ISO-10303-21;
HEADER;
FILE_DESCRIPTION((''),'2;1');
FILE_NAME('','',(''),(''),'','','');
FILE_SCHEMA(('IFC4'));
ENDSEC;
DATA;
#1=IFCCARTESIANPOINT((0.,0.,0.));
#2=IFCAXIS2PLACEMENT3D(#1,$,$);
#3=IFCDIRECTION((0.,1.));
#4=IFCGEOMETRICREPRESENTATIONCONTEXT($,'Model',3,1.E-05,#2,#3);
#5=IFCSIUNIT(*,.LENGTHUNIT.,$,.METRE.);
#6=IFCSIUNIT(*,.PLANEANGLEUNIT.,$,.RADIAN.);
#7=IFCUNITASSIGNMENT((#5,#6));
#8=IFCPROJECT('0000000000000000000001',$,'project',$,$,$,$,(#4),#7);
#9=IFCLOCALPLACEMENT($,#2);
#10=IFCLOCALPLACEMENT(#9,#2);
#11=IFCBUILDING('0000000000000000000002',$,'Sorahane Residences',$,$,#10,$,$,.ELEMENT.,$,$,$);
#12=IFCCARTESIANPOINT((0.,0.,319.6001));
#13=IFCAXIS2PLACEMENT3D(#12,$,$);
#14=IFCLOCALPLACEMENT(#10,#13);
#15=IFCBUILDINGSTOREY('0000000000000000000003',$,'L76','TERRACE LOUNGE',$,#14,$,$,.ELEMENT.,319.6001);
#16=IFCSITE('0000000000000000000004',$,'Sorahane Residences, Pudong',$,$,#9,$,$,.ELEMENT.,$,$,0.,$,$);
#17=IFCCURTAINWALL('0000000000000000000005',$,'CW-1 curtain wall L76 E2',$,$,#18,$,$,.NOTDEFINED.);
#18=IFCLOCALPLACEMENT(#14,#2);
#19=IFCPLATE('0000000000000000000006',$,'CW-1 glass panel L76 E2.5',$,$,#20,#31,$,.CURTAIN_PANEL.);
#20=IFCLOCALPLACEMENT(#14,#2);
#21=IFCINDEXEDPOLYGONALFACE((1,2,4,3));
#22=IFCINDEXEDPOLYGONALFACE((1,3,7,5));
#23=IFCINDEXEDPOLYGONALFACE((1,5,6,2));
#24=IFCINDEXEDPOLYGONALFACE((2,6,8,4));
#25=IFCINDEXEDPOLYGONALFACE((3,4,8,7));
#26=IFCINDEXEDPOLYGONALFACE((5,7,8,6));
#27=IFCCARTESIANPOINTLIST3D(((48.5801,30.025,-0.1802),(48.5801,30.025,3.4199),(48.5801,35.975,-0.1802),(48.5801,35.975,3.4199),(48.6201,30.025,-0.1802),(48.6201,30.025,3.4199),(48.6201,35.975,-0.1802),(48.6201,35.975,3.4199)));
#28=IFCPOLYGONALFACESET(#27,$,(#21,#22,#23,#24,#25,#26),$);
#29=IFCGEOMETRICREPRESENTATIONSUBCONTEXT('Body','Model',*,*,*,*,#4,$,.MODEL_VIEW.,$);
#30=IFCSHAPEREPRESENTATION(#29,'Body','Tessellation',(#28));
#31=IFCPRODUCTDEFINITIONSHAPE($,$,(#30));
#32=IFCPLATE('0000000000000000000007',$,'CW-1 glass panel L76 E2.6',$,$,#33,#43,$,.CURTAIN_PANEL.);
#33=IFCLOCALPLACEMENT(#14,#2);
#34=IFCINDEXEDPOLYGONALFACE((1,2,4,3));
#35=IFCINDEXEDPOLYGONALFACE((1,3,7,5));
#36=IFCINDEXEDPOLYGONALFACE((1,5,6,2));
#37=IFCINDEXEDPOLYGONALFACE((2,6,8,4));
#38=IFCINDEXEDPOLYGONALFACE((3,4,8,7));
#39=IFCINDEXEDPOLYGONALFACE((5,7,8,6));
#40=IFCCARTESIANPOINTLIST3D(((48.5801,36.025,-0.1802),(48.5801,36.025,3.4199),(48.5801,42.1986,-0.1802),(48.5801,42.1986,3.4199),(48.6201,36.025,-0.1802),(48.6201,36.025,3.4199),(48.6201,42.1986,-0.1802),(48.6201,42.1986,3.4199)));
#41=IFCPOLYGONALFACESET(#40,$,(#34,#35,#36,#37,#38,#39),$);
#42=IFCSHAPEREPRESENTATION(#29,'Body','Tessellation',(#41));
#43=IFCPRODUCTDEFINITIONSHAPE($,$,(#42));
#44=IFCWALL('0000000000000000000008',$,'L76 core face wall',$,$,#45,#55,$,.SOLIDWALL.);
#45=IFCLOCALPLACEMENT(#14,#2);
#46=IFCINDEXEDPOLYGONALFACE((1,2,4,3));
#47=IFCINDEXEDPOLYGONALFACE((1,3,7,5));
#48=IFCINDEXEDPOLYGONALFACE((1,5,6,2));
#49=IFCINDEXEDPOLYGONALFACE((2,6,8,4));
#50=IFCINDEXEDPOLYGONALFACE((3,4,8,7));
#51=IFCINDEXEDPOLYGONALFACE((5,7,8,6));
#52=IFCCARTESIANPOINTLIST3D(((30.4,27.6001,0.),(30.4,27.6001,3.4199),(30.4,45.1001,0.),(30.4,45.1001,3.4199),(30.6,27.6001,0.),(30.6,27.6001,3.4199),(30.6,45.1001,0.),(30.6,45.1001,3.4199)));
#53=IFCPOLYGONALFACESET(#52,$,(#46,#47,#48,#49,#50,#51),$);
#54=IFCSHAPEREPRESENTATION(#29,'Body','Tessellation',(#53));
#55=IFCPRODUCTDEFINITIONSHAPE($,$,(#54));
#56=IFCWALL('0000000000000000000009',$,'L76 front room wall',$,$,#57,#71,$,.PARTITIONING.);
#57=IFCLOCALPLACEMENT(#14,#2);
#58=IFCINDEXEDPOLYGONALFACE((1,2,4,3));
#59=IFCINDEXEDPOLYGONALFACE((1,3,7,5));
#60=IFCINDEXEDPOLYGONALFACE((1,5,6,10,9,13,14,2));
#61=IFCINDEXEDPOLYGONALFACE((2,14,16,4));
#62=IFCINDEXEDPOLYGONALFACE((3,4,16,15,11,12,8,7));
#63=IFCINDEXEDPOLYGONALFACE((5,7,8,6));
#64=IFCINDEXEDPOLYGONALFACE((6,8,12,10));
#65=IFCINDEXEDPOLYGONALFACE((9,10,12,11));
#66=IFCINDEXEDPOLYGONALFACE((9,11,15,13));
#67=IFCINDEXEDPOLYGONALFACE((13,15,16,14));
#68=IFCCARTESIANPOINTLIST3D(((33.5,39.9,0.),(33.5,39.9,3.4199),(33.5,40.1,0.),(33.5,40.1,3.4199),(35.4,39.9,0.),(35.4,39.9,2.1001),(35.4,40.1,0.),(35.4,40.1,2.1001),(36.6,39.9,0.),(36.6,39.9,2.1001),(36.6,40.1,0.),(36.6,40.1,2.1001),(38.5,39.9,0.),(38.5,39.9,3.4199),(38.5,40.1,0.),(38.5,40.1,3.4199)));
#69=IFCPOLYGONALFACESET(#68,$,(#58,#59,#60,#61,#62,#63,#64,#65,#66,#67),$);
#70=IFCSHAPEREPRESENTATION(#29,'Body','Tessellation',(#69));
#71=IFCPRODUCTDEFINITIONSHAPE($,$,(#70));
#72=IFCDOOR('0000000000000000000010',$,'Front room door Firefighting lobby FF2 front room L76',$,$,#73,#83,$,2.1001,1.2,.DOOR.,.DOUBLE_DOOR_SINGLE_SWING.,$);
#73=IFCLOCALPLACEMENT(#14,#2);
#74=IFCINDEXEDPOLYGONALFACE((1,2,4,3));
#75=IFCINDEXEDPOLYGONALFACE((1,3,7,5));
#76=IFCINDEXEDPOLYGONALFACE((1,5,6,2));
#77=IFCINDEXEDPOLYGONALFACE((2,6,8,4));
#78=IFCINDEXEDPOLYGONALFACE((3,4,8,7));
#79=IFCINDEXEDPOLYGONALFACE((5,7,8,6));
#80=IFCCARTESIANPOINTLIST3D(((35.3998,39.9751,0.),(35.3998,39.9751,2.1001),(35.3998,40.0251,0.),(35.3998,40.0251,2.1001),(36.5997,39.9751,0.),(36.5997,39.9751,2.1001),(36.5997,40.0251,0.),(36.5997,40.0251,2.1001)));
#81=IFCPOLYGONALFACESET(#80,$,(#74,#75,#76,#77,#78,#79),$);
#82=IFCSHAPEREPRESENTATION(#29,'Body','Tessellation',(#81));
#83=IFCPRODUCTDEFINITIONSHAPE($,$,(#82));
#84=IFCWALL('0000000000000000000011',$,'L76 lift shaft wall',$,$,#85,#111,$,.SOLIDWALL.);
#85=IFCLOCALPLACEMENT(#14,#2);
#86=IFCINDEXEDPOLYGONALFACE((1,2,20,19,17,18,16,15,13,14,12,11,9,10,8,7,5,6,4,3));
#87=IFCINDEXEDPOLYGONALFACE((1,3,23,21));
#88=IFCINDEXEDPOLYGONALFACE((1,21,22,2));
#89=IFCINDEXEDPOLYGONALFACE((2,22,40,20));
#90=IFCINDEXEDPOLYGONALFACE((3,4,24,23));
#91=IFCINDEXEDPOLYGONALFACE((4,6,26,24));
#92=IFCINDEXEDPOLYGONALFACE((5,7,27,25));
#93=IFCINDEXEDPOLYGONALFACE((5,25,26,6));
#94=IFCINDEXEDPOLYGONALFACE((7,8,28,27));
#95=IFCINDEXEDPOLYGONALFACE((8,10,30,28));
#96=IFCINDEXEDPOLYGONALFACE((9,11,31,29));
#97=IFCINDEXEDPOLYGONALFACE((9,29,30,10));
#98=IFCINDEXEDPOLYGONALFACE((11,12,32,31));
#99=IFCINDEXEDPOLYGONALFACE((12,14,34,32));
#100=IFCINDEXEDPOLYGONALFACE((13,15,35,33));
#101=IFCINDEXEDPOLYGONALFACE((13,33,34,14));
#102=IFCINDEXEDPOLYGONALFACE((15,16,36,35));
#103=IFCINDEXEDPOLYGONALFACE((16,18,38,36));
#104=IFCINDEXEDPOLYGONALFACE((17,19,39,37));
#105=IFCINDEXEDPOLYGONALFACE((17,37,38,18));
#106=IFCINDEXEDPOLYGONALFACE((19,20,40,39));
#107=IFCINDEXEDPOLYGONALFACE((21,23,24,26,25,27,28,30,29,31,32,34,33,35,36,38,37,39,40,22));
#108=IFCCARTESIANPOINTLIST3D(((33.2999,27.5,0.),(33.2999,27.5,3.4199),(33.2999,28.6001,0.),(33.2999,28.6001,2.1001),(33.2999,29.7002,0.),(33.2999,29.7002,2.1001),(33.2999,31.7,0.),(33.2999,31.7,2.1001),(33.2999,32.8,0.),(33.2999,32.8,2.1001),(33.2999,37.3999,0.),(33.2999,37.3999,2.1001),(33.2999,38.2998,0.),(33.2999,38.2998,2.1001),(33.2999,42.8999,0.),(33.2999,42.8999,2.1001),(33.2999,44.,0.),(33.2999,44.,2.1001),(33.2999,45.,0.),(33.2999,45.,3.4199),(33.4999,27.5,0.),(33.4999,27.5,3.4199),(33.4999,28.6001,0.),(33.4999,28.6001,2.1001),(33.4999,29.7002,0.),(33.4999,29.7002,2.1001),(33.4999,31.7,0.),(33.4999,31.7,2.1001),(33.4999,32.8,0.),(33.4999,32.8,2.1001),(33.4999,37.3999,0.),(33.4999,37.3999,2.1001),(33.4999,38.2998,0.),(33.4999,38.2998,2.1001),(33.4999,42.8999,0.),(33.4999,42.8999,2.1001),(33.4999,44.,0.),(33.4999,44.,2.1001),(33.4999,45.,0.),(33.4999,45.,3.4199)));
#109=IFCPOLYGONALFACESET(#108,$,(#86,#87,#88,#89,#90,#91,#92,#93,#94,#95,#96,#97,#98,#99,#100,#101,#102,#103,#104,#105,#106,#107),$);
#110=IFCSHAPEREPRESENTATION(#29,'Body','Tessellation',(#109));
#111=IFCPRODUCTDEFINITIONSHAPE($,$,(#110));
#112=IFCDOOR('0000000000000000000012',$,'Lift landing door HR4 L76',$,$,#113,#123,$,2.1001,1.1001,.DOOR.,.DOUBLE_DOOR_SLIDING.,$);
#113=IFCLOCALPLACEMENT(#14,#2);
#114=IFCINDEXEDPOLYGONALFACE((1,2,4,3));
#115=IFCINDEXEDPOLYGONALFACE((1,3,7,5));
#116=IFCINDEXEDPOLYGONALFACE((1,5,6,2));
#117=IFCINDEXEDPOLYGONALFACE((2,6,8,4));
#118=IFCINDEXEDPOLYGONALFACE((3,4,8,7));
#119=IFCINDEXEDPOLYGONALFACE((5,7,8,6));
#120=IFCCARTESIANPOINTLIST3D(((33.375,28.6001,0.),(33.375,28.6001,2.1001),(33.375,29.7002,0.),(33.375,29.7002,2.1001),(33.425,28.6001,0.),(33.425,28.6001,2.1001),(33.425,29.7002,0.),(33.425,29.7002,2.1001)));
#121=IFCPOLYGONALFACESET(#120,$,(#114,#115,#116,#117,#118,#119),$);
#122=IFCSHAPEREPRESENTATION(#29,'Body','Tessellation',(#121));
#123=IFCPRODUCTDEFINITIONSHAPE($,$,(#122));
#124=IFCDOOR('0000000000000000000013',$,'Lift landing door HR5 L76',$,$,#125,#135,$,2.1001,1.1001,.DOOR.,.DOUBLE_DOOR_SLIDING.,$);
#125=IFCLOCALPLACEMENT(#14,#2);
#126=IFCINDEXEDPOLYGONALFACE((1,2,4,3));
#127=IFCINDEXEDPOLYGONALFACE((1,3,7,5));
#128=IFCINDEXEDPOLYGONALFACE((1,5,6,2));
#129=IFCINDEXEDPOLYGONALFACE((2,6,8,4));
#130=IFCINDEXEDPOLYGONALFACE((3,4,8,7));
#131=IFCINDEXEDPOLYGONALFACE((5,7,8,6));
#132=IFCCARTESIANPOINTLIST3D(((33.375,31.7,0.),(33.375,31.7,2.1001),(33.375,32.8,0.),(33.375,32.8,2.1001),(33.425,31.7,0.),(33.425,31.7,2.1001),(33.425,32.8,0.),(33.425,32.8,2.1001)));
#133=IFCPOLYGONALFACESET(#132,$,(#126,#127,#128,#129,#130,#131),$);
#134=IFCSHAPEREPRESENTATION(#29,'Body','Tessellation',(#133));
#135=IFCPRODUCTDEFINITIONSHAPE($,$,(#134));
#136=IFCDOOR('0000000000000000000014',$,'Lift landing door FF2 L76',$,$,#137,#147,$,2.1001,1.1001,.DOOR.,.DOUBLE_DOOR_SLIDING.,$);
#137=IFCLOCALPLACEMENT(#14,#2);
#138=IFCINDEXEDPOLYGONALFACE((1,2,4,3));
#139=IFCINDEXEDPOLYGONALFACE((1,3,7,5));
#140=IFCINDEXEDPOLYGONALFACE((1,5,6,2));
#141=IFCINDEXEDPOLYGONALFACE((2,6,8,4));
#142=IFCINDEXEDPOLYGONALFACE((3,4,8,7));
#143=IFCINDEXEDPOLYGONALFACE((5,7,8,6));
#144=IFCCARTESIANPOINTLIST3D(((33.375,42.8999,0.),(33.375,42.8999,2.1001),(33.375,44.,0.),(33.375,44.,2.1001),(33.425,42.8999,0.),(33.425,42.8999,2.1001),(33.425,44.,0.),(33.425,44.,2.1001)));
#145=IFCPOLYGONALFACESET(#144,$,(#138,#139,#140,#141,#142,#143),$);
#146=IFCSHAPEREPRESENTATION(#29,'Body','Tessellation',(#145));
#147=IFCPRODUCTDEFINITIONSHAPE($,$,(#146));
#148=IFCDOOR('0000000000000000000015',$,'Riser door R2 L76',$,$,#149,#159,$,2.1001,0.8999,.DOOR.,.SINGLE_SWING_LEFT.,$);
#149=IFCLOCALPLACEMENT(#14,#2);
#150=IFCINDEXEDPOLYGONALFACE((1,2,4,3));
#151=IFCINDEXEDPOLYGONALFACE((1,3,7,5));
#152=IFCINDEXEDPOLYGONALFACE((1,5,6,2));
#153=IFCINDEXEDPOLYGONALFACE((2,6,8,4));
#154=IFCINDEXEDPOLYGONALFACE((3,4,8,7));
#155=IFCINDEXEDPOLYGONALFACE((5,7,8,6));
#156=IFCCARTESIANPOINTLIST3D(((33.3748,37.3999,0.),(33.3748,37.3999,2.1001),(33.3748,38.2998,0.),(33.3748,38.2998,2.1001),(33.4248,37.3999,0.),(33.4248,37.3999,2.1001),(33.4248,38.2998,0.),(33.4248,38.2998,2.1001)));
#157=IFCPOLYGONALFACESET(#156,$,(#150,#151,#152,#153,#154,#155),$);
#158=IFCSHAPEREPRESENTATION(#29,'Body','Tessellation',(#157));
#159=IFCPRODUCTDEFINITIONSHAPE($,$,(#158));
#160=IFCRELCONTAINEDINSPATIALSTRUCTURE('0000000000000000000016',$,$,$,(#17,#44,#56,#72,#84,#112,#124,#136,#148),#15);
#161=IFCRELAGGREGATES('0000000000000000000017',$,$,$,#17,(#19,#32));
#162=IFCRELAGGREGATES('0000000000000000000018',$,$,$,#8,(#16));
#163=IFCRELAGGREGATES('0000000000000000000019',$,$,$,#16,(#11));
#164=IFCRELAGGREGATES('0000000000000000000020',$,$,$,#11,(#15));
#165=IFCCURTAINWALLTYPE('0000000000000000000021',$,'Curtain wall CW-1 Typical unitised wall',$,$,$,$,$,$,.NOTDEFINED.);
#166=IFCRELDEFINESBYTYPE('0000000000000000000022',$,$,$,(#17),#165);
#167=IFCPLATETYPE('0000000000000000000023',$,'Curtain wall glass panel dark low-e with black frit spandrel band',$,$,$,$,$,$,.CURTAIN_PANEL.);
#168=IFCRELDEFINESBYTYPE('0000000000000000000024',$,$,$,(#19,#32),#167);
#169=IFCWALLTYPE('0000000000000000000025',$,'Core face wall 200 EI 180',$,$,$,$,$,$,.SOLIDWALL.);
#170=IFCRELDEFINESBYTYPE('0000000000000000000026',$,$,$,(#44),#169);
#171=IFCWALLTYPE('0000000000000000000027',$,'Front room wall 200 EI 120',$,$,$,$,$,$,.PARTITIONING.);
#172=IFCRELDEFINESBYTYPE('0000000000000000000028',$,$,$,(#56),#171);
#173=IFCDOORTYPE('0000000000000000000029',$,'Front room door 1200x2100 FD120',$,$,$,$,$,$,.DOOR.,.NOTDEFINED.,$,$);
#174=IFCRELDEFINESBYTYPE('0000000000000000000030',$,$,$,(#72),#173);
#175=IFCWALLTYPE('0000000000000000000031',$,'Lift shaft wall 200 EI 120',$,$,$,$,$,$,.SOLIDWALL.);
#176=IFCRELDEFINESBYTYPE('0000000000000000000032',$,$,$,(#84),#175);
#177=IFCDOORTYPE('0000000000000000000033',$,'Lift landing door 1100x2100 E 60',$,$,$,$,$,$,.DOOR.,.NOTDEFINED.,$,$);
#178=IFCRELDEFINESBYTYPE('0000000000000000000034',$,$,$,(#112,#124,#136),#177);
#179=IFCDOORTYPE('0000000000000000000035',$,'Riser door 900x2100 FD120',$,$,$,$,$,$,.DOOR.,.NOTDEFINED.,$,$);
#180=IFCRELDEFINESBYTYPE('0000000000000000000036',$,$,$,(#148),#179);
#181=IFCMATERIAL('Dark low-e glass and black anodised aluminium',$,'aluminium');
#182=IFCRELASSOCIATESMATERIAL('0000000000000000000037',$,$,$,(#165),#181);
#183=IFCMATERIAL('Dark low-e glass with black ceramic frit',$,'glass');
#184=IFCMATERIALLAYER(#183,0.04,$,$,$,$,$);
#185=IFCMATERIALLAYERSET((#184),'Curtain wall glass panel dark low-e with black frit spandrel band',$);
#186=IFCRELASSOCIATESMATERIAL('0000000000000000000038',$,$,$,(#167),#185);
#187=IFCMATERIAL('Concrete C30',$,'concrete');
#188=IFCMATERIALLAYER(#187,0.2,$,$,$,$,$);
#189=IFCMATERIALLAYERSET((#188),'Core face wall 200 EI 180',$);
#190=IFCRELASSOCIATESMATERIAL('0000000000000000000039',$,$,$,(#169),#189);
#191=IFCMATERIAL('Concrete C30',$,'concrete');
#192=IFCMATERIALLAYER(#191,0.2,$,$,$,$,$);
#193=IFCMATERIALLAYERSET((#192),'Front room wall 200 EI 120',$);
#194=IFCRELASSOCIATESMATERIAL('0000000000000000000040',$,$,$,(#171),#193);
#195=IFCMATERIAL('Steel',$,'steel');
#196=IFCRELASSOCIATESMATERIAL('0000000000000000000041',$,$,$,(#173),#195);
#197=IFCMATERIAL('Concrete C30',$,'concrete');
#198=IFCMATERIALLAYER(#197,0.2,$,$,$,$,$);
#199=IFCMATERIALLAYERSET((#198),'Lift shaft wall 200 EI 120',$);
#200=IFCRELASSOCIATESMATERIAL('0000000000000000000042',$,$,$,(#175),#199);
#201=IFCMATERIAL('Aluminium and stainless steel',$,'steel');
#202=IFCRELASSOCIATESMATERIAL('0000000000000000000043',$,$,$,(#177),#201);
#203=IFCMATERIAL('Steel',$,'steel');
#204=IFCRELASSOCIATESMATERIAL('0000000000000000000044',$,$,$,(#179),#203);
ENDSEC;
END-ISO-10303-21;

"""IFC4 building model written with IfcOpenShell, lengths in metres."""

from ifc_helpers import new_model, si_unit, direction, frame, frame_2d, origin, origin_2d, place, context, subcontext, project, spatial, rectangle, extrude, material, layer, layer_set, type_object, element, fill, aggregate, save


model = new_model("IFC4")

# Units and contexts
model_context = context("Model", 3, precision=1e-05, world=origin(), true_north=direction((0.0, 1.0)))
body_context = subcontext(model_context, "Body", "Model", "MODEL_VIEW")
ifc_project = project(units=[si_unit("LENGTHUNIT", "METRE"), si_unit("PLANEANGLEUNIT", "RADIAN")], contexts=[model_context])

# Site, building, storey
site_placement = place(None, origin())
site = spatial("IfcSite", under=ifc_project, at=site_placement, Name="Sorahane Residences, Pudong", CompositionType="ELEMENT", RefElevation=0.0)
building_placement = place(site_placement, origin())
building = spatial("IfcBuilding", under=site, at=building_placement, Name="Sorahane Residences", CompositionType="ELEMENT")
storey_placement = place(building_placement, frame((0.0, 0.0, 319.6001)))
storey = spatial("IfcBuildingStorey", under=building, at=storey_placement, Name="L76", Description="TERRACE LOUNGE", CompositionType="ELEMENT", Elevation=319.6001)

# Curtain wall
ifc_material_1 = material(Name="Dark low-e glass and black anodised aluminium", Category="aluminium")
curtain_wall_type = type_object("IfcCurtainWallType", Name="Curtain wall CW-1 Typical unitised wall", PredefinedType="NOTDEFINED", material=ifc_material_1)
curtain_wall_placement = place(storey_placement, origin())
curtain_wall = element("IfcCurtainWall", 1, at=curtain_wall_placement, inside=storey, type_object=curtain_wall_type, Name="CW-1 curtain wall L76 E2", PredefinedType="NOTDEFINED")

# Plates
ifc_material_2 = material(Name="Dark low-e glass with black ceramic frit", Category="glass")
ifc_layer_1 = layer(ifc_material_2, 0.04)
ifc_layer_set_1 = layer_set([ifc_layer_1], Name="Curtain wall glass panel dark low-e with black frit spandrel band")
plate_type = type_object("IfcPlateType", Name="Curtain wall glass panel dark low-e with black frit spandrel band", PredefinedType="CURTAIN_PANEL", material=ifc_layer_set_1)
plate_1_placement = place(storey_placement, frame((48.6001, 33.0, -0.1802), z_axis=(0.0, 0.0, 1.0), x_axis=(0.0, 1.0, 0.0)))
plate_1 = element("IfcPlate", 2, at=plate_1_placement, type_object=plate_type, Name="CW-1 glass panel L76 E2.5", PredefinedType="CURTAIN_PANEL", context=body_context, shape_type="SweptSolid", body=[
    extrude(rectangle(XDim=5.95, YDim=0.04, at=origin_2d()), origin(), (0.0, 0.0, 1.0), 3.6001),
])
plate_2_placement = place(storey_placement, frame((48.6001, 39.1118, -0.1802), z_axis=(0.0, 0.0, 1.0), x_axis=(0.0, 1.0, 0.0)))
plate_2 = element("IfcPlate", 3, at=plate_2_placement, type_object=plate_type, Name="CW-1 glass panel L76 E2.6", PredefinedType="CURTAIN_PANEL", context=body_context, shape_type="SweptSolid", body=[
    extrude(rectangle(XDim=6.1736, YDim=0.04, at=origin_2d()), origin(), (0.0, 0.0, 1.0), 3.6001),
])
aggregate(curtain_wall, [plate_1, plate_2])

# Wall
ifc_material_3 = material(Name="Concrete C30", Category="concrete")
ifc_layer_2 = layer(ifc_material_3, 0.2)
ifc_layer_set_2 = layer_set([ifc_layer_2], Name="Core face wall 200 EI 180")
wall_type_1 = type_object("IfcWallType", Name="Core face wall 200 EI 180", PredefinedType="SOLIDWALL", material=ifc_layer_set_2)
wall_1_placement = place(storey_placement, frame((30.5, 27.6001, 0.0), z_axis=(0.0, 0.0, 1.0), x_axis=(0.0, 1.0, 0.0)))
element("IfcWall", 4, at=wall_1_placement, inside=storey, type_object=wall_type_1, Name="L76 core face wall", PredefinedType="SOLIDWALL", context=body_context, shape_type="SweptSolid", body=[
    extrude(rectangle(XDim=17.5, YDim=0.2, at=frame_2d((8.75, 0.0))), origin(), (0.0, 0.0, 1.0), 3.4199),
])

# Wall, opening, door
ifc_material_4 = material(Name="Concrete C30", Category="concrete")
ifc_layer_3 = layer(ifc_material_4, 0.2)
ifc_layer_set_3 = layer_set([ifc_layer_3], Name="Front room wall 200 EI 120")
wall_type_2 = type_object("IfcWallType", Name="Front room wall 200 EI 120", PredefinedType="PARTITIONING", material=ifc_layer_set_3)
wall_2_placement = place(storey_placement, frame((33.5, 40.0, 0.0), z_axis=(0.0, 0.0, 1.0), x_axis=(1.0, 0.0, 0.0)))
wall_2 = element("IfcWall", 5, at=wall_2_placement, inside=storey, type_object=wall_type_2, Name="L76 front room wall", PredefinedType="PARTITIONING", context=body_context, shape_type="SweptSolid", body=[
    extrude(rectangle(XDim=5.0, YDim=0.2, at=frame_2d((2.5, 0.0))), origin(), (0.0, 0.0, 1.0), 3.4199),
])
opening_1_placement = place(wall_2_placement, frame((1.8999, 0.0, 0.0)))
opening_1 = element("IfcOpeningElement", 6, at=opening_1_placement, cuts=wall_2, PredefinedType="OPENING", context=body_context, shape_type="SweptSolid", body=[
    extrude(rectangle(XDim=1.2, YDim=2.1001, at=frame_2d((0.6001, 1.05))), frame((0.0, 0.1099, 0.0), z_axis=(0.0, -1.0, 0.0), x_axis=(1.0, 0.0, 0.0)), (0.0, 0.0, 1.0), 0.22),
])
ifc_material_5 = material(Name="Steel", Category="steel")
door_type_1 = type_object("IfcDoorType", Name="Front room door 1200x2100 FD120", OperationType="NOTDEFINED", PredefinedType="DOOR", material=ifc_material_5)
door_1_placement = place(opening_1_placement, frame((1.2, 0.0, 0.0), z_axis=(0.0, 0.0, 1.0), x_axis=(-1.0, 0.0, 0.0)))
door_1 = element("IfcDoor", 7, at=door_1_placement, inside=storey, type_object=door_type_1, Name="Front room door Firefighting lobby FF2 front room L76", OperationType="DOUBLE_DOOR_SINGLE_SWING", OverallHeight=2.1001, OverallWidth=1.2, PredefinedType="DOOR", context=body_context, shape_type="SweptSolid", body=[
    extrude(rectangle(XDim=1.2, YDim=2.1001, at=frame_2d((0.6001, 1.05))), frame((0.0, 0.0249, 0.0), z_axis=(0.0, -1.0, 0.0), x_axis=(1.0, 0.0, 0.0)), (0.0, 0.0, 1.0), 0.05),
])
fill(opening_1, door_1)

# Wall, openings, doors
ifc_material_6 = material(Name="Concrete C30", Category="concrete")
ifc_layer_4 = layer(ifc_material_6, 0.2)
ifc_layer_set_4 = layer_set([ifc_layer_4], Name="Lift shaft wall 200 EI 120")
wall_type_3 = type_object("IfcWallType", Name="Lift shaft wall 200 EI 120", PredefinedType="SOLIDWALL", material=ifc_layer_set_4)
wall_3_placement = place(storey_placement, frame((33.3999, 27.5, 0.0), z_axis=(0.0, 0.0, 1.0), x_axis=(0.0, 1.0, 0.0)))
wall_3 = element("IfcWall", 8, at=wall_3_placement, inside=storey, type_object=wall_type_3, Name="L76 lift shaft wall", PredefinedType="SOLIDWALL", context=body_context, shape_type="SweptSolid", body=[
    extrude(rectangle(XDim=17.5, YDim=0.2, at=frame_2d((8.75, 0.0))), origin(), (0.0, 0.0, 1.0), 3.4199),
])
opening_2_placement = place(wall_3_placement, frame((1.1001, 0.0, 0.0)))
opening_2 = element("IfcOpeningElement", 9, at=opening_2_placement, cuts=wall_3, PredefinedType="OPENING", context=body_context, shape_type="SweptSolid", body=[
    extrude(rectangle(XDim=1.1001, YDim=2.1001, at=frame_2d((0.55, 1.05))), frame((0.0, 0.1099, 0.0), z_axis=(0.0, -1.0, 0.0), x_axis=(1.0, 0.0, 0.0)), (0.0, 0.0, 1.0), 0.22),
])
opening_3_placement = place(wall_3_placement, frame((4.2, 0.0, 0.0)))
opening_3 = element("IfcOpeningElement", 10, at=opening_3_placement, cuts=wall_3, PredefinedType="OPENING", context=body_context, shape_type="SweptSolid", body=[
    extrude(rectangle(XDim=1.1001, YDim=2.1001, at=frame_2d((0.55, 1.05))), frame((0.0, 0.1099, 0.0), z_axis=(0.0, -1.0, 0.0), x_axis=(1.0, 0.0, 0.0)), (0.0, 0.0, 1.0), 0.22),
])
opening_4_placement = place(wall_3_placement, frame((15.3999, 0.0, 0.0)))
opening_4 = element("IfcOpeningElement", 11, at=opening_4_placement, cuts=wall_3, PredefinedType="OPENING", context=body_context, shape_type="SweptSolid", body=[
    extrude(rectangle(XDim=1.1001, YDim=2.1001, at=frame_2d((0.55, 1.05))), frame((0.0, 0.1099, 0.0), z_axis=(0.0, -1.0, 0.0), x_axis=(1.0, 0.0, 0.0)), (0.0, 0.0, 1.0), 0.22),
])
opening_5_placement = place(wall_3_placement, frame((9.8999, 0.0, 0.0)))
opening_5 = element("IfcOpeningElement", 12, at=opening_5_placement, cuts=wall_3, PredefinedType="OPENING", context=body_context, shape_type="SweptSolid", body=[
    extrude(rectangle(XDim=0.8999, YDim=2.1001, at=frame_2d((0.45, 1.05))), frame((0.0, 0.1099, 0.0), z_axis=(0.0, -1.0, 0.0), x_axis=(1.0, 0.0, 0.0)), (0.0, 0.0, 1.0), 0.22),
])
ifc_material_7 = material(Name="Aluminium and stainless steel", Category="steel")
door_type_2 = type_object("IfcDoorType", Name="Lift landing door 1100x2100 E 60", OperationType="NOTDEFINED", PredefinedType="DOOR", material=ifc_material_7)
door_2_placement = place(opening_2_placement, origin())
door_2 = element("IfcDoor", 13, at=door_2_placement, inside=storey, type_object=door_type_2, Name="Lift landing door HR4 L76", OperationType="DOUBLE_DOOR_SLIDING", OverallHeight=2.1001, OverallWidth=1.1001, PredefinedType="DOOR", context=body_context, shape_type="SweptSolid", body=[
    extrude(rectangle(XDim=1.1001, YDim=2.1001, at=frame_2d((0.55, 1.05))), frame((0.0, 0.0249, 0.0), z_axis=(0.0, -1.0, 0.0), x_axis=(1.0, 0.0, 0.0)), (0.0, 0.0, 1.0), 0.05),
])
fill(opening_2, door_2)
door_3_placement = place(opening_3_placement, origin())
door_3 = element("IfcDoor", 14, at=door_3_placement, inside=storey, type_object=door_type_2, Name="Lift landing door HR5 L76", OperationType="DOUBLE_DOOR_SLIDING", OverallHeight=2.1001, OverallWidth=1.1001, PredefinedType="DOOR", context=body_context, shape_type="SweptSolid", body=[
    extrude(rectangle(XDim=1.1001, YDim=2.1001, at=frame_2d((0.55, 1.05))), frame((0.0, 0.0249, 0.0), z_axis=(0.0, -1.0, 0.0), x_axis=(1.0, 0.0, 0.0)), (0.0, 0.0, 1.0), 0.05),
])
fill(opening_3, door_3)
door_4_placement = place(opening_4_placement, origin())
door_4 = element("IfcDoor", 15, at=door_4_placement, inside=storey, type_object=door_type_2, Name="Lift landing door FF2 L76", OperationType="DOUBLE_DOOR_SLIDING", OverallHeight=2.1001, OverallWidth=1.1001, PredefinedType="DOOR", context=body_context, shape_type="SweptSolid", body=[
    extrude(rectangle(XDim=1.1001, YDim=2.1001, at=frame_2d((0.55, 1.05))), frame((0.0, 0.0249, 0.0), z_axis=(0.0, -1.0, 0.0), x_axis=(1.0, 0.0, 0.0)), (0.0, 0.0, 1.0), 0.05),
])
fill(opening_4, door_4)
ifc_material_8 = material(Name="Steel", Category="steel")
door_type_3 = type_object("IfcDoorType", Name="Riser door 900x2100 FD120", OperationType="NOTDEFINED", PredefinedType="DOOR", material=ifc_material_8)
door_5_placement = place(opening_5_placement, frame((0.8999, 0.0, 0.0), z_axis=(0.0, 0.0, 1.0), x_axis=(-1.0, 0.0, 0.0)))
door_5 = element("IfcDoor", 16, at=door_5_placement, inside=storey, type_object=door_type_3, Name="Riser door R2 L76", OperationType="SINGLE_SWING_LEFT", OverallHeight=2.1001, OverallWidth=0.8999, PredefinedType="DOOR", context=body_context, shape_type="SweptSolid", body=[
    extrude(rectangle(XDim=0.8999, YDim=2.1001, at=frame_2d((0.45, 1.05))), frame((0.0, 0.0249, 0.0), z_axis=(0.0, -1.0, 0.0), x_axis=(1.0, 0.0, 0.0)), (0.0, 0.0, 1.0), 0.05),
])
fill(opening_5, door_5)

save(model, "model.ifc")
